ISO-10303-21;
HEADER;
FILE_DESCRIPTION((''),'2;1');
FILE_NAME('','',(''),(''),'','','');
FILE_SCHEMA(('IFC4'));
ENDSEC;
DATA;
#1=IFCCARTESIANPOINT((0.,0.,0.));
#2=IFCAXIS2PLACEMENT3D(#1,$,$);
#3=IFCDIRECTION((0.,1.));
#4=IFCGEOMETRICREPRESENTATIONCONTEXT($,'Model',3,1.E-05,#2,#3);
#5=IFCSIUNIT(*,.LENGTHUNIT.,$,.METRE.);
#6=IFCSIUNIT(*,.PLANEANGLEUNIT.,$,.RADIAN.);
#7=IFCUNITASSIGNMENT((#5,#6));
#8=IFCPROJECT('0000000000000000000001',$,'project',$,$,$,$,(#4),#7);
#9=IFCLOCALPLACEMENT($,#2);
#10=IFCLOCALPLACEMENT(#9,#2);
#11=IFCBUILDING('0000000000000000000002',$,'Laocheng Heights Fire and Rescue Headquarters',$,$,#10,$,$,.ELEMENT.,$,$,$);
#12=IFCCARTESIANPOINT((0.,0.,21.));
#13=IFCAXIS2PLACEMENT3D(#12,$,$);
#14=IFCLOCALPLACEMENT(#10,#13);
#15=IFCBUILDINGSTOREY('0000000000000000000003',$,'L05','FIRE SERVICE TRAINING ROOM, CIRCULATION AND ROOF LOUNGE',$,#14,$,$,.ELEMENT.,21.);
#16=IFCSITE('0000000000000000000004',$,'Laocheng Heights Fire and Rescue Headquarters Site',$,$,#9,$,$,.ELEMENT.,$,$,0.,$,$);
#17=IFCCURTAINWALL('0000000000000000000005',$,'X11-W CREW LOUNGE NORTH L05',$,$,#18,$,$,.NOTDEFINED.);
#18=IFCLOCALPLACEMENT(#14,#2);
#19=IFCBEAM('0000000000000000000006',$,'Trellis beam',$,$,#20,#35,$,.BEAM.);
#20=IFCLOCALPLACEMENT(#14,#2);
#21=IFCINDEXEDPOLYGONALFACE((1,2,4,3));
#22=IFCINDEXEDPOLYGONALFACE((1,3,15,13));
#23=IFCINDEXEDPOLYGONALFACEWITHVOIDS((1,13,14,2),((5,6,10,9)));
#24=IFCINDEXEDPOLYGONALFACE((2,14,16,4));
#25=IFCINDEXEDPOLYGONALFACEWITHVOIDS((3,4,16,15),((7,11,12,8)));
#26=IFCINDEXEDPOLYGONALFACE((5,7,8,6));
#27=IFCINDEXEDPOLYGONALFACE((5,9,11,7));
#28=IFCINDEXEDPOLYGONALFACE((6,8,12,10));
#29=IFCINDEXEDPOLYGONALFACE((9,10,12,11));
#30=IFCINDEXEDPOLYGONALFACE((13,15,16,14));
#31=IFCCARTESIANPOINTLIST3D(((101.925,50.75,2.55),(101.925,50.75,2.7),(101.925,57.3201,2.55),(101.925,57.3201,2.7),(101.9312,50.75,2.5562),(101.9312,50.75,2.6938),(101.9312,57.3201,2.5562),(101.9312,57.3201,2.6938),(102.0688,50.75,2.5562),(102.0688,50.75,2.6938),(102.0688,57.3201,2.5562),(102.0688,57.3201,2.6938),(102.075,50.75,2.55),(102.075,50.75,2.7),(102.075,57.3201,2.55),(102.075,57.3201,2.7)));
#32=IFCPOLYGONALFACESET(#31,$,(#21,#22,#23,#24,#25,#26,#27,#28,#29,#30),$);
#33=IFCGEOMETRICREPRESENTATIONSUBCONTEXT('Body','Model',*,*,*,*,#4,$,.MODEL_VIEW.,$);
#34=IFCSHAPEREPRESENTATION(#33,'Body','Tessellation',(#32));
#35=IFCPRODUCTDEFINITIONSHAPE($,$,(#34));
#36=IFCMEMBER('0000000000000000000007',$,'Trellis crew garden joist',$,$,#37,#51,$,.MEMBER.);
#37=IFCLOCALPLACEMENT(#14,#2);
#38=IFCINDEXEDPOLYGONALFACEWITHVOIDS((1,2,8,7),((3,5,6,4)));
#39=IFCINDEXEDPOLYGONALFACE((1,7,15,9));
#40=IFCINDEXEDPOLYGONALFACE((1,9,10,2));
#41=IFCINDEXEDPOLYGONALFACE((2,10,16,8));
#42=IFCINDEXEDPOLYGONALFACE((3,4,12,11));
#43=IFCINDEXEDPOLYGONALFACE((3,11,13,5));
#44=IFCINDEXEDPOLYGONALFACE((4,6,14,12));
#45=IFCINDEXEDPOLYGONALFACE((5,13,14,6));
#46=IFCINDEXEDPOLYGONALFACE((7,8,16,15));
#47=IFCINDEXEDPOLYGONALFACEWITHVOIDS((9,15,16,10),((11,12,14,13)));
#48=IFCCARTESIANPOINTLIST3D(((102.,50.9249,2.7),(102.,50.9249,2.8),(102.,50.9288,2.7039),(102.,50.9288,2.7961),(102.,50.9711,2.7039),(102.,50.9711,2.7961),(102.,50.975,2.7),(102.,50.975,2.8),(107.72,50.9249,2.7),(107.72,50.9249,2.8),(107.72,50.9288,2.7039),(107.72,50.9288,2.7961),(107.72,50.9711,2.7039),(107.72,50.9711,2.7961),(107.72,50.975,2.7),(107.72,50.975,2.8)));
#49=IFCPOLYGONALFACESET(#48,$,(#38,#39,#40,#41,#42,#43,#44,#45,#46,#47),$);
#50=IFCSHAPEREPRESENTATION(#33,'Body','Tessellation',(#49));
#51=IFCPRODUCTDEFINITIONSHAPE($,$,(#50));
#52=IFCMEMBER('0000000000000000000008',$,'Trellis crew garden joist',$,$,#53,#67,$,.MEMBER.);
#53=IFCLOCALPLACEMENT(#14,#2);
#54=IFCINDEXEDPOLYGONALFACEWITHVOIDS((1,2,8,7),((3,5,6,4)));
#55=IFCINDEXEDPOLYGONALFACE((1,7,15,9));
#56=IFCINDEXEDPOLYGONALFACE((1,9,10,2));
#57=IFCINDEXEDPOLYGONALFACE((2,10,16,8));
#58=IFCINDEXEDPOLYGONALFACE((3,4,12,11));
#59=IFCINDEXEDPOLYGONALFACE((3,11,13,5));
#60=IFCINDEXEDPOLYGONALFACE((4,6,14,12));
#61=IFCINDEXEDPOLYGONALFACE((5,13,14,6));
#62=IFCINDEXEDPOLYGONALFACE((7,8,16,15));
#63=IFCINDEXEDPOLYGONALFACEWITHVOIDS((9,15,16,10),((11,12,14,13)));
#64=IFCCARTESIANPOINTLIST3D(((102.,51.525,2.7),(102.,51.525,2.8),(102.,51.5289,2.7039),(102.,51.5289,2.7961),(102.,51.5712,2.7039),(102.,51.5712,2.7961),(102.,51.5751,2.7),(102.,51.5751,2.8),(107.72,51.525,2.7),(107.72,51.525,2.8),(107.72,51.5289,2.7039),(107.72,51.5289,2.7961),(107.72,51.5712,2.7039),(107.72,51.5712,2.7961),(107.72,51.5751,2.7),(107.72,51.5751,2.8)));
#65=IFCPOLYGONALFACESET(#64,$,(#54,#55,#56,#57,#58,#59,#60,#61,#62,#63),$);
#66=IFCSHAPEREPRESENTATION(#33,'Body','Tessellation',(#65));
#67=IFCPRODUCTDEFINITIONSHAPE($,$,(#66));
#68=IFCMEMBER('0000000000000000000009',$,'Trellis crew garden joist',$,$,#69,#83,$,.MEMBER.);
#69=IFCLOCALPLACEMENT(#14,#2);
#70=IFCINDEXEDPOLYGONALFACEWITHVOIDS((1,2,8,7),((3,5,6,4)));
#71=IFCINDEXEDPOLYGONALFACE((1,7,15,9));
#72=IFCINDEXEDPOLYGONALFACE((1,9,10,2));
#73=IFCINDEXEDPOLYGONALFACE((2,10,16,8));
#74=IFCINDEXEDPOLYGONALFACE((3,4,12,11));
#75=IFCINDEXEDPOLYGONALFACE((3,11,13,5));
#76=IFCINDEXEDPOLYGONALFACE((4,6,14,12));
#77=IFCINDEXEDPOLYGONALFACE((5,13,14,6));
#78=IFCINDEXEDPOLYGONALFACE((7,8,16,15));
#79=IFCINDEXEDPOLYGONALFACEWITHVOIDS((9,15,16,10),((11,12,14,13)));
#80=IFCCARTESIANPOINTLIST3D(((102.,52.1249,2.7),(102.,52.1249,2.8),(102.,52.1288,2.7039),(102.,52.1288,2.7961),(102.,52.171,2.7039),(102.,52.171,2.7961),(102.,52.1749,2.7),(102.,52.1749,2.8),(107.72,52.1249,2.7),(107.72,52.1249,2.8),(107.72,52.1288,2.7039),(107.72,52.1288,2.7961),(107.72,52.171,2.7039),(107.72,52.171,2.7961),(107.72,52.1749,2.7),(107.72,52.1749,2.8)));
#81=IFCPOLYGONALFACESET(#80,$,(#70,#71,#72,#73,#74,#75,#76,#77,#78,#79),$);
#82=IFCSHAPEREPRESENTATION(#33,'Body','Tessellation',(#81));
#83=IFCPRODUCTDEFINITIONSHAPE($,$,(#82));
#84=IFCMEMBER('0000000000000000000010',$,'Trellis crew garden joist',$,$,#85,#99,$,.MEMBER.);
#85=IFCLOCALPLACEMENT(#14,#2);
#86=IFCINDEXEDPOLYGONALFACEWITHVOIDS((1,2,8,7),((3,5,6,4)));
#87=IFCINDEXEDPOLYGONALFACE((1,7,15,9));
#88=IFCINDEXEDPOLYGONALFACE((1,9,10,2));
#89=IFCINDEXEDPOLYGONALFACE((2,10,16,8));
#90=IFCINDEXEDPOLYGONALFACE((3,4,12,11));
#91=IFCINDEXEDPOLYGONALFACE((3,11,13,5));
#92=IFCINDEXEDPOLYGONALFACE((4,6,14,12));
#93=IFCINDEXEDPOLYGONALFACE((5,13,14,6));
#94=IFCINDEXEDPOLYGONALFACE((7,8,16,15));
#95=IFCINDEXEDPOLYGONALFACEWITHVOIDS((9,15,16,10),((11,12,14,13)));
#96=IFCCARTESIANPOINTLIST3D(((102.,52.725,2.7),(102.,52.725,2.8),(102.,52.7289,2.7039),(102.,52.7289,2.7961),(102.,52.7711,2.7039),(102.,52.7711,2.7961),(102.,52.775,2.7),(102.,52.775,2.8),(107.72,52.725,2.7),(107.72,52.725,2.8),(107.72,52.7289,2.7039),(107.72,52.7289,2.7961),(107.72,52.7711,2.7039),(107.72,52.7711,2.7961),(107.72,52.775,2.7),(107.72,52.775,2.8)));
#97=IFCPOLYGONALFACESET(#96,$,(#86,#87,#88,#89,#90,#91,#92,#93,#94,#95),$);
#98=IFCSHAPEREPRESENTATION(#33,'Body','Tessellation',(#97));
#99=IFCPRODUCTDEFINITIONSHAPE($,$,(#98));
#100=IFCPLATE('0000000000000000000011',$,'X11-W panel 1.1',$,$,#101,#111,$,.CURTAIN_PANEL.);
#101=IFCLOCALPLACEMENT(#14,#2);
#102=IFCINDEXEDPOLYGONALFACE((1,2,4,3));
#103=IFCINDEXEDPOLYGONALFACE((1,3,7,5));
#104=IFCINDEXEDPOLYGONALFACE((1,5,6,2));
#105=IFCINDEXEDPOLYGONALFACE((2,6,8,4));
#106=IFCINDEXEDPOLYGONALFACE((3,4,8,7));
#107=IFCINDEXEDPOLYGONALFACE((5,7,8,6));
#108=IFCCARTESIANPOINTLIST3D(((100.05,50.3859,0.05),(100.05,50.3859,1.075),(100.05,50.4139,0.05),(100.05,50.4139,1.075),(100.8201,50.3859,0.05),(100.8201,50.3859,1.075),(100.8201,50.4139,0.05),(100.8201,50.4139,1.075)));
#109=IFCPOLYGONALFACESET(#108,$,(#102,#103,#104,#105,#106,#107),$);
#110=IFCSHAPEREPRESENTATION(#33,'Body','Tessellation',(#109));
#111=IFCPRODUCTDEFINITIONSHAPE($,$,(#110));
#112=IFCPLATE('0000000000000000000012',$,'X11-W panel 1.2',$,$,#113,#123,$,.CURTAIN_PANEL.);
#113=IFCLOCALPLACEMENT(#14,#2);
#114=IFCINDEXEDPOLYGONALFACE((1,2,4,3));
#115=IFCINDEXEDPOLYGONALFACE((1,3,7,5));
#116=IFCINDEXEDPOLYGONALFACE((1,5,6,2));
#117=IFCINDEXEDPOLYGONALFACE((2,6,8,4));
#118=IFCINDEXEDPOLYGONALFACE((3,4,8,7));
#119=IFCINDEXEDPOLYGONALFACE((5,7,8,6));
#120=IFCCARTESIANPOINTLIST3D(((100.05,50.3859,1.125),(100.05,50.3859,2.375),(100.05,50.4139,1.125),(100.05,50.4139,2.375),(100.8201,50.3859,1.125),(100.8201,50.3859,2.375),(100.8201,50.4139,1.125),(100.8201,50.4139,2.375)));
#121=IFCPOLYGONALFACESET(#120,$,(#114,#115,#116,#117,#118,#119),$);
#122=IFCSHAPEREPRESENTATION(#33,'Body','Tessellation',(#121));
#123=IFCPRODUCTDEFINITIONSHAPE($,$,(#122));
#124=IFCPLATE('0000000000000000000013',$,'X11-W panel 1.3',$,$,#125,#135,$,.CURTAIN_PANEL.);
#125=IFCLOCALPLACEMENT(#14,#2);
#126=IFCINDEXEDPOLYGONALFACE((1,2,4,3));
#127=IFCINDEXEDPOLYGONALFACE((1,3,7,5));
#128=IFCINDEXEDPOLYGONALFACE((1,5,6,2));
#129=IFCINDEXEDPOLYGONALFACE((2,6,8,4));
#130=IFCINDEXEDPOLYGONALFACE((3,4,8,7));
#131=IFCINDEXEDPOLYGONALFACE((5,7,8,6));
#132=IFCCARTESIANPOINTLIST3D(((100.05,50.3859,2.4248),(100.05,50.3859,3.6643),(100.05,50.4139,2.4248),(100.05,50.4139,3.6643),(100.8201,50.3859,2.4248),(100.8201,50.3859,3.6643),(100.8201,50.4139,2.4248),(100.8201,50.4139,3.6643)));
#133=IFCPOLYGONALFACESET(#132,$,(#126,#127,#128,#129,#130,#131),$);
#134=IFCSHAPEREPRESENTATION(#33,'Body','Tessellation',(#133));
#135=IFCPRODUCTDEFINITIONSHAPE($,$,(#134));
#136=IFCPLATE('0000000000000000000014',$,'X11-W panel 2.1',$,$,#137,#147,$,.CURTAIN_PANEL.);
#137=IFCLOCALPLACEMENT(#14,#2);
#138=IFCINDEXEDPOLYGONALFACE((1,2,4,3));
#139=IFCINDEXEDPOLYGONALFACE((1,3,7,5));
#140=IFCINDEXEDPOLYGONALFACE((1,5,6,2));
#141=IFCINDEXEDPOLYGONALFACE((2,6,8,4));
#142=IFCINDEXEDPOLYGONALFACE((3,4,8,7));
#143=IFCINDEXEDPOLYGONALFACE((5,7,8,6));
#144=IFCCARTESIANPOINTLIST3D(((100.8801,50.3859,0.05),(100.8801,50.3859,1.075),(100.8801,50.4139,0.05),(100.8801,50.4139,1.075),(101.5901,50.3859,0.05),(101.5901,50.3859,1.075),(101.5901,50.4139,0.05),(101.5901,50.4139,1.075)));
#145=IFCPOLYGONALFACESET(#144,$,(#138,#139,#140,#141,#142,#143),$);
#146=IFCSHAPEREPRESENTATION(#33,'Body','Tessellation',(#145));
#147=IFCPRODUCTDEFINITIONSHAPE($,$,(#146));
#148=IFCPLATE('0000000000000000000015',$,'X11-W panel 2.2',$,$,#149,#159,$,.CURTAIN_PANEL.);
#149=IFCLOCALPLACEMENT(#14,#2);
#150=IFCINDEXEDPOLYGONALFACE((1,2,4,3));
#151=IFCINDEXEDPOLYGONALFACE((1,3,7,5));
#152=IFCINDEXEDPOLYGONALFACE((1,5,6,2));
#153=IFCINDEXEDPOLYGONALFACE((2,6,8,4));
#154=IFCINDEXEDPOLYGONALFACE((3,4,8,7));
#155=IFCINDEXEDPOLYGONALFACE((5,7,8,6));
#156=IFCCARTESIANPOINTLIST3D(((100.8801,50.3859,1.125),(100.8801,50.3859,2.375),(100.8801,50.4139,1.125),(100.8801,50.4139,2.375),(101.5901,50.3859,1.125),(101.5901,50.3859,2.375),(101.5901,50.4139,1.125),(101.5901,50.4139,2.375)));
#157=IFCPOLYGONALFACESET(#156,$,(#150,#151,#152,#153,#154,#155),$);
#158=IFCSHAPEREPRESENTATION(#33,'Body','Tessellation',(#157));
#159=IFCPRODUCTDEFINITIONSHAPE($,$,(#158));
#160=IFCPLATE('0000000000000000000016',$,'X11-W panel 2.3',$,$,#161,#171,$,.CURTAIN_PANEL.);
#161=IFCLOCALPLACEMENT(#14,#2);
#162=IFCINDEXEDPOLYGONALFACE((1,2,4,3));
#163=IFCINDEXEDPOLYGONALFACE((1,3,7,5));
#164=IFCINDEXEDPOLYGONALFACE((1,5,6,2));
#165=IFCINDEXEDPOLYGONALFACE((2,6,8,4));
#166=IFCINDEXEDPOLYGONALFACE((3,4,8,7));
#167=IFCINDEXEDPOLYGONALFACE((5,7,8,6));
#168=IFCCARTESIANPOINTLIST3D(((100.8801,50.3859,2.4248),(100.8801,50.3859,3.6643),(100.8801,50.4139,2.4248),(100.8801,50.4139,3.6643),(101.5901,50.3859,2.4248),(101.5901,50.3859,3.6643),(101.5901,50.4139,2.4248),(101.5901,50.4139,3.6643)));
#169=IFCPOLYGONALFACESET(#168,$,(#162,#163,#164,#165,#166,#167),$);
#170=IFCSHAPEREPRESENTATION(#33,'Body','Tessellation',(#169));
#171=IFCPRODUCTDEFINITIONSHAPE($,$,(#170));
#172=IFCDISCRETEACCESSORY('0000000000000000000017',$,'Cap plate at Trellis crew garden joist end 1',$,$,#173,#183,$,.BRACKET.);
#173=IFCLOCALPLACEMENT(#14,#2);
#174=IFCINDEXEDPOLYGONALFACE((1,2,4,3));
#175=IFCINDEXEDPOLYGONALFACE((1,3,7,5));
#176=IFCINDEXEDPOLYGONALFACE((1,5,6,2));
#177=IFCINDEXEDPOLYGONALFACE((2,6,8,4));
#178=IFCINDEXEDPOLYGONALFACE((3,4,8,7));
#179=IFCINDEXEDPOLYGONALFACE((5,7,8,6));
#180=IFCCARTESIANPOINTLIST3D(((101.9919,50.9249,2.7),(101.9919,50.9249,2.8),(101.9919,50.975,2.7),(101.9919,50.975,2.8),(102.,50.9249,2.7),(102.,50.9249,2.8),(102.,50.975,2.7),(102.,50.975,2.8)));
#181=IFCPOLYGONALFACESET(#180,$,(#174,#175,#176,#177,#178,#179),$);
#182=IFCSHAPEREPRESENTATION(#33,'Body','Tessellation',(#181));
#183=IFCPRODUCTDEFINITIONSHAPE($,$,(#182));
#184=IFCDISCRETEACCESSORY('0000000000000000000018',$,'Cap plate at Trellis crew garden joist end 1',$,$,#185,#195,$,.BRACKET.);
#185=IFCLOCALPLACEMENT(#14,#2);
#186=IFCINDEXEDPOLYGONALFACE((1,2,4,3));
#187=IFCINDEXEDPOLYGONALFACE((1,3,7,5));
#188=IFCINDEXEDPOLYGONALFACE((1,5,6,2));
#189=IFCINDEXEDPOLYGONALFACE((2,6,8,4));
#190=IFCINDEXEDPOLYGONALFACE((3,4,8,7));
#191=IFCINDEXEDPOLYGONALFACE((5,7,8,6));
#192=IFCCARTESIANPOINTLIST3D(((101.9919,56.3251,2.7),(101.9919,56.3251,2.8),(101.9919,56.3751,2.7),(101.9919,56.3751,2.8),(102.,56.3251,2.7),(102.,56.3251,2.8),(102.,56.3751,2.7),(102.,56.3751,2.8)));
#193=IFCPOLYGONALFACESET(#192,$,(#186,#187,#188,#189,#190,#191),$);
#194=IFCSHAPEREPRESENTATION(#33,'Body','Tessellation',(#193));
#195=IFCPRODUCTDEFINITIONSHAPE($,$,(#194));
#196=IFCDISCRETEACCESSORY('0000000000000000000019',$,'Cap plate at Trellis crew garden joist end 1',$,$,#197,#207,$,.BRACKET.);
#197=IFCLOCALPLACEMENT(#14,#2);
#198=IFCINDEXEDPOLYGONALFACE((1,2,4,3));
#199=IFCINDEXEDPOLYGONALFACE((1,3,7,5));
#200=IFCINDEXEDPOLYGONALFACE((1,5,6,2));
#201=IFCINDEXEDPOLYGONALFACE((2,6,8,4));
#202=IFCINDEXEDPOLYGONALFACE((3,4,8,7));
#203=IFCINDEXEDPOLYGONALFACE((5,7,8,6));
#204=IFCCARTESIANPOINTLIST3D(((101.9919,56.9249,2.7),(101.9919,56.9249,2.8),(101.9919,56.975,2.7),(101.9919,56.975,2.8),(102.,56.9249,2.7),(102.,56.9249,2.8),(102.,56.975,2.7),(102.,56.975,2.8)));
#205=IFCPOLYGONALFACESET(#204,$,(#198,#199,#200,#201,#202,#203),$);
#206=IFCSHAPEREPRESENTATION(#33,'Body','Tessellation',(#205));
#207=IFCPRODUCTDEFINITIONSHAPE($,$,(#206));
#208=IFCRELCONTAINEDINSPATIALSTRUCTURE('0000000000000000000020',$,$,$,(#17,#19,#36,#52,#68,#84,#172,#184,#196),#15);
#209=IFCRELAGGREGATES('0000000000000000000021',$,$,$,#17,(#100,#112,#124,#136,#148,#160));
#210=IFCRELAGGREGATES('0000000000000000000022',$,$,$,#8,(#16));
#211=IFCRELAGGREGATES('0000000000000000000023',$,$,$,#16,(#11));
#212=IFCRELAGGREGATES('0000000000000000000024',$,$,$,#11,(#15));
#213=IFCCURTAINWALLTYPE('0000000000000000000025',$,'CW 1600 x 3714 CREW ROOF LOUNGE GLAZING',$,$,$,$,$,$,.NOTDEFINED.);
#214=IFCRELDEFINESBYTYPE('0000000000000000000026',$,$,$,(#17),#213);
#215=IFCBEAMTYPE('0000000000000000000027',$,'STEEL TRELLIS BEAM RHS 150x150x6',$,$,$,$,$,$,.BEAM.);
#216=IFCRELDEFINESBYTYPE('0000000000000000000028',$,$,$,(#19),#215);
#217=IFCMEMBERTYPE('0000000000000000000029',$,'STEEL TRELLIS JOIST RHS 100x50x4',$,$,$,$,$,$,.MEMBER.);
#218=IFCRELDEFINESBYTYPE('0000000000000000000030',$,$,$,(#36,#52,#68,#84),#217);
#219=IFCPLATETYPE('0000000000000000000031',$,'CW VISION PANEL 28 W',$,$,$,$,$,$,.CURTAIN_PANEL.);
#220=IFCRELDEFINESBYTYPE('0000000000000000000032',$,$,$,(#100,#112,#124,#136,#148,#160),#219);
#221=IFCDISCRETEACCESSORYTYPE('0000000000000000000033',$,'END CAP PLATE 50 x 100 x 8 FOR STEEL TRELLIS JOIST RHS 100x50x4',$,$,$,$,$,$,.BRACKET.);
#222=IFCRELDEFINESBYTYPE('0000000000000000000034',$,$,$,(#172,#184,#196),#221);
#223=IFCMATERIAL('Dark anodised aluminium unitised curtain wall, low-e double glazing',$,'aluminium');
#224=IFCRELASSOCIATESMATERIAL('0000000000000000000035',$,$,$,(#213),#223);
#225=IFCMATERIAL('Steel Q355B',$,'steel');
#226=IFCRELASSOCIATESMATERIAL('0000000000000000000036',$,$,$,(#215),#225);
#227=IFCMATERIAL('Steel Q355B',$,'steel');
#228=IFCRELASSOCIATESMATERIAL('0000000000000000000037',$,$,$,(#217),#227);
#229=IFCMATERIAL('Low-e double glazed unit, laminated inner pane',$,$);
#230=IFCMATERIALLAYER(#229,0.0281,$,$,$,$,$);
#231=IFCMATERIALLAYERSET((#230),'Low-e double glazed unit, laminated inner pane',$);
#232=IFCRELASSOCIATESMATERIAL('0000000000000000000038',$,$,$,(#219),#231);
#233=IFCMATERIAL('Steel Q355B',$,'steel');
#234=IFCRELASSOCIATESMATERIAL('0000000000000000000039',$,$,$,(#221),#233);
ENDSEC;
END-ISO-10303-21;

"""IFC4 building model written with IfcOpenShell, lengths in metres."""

from ifc_helpers import new_model, si_unit, direction, frame, origin, origin_2d, place, context, subcontext, project, spatial, rectangle, hollow_rectangle, extrude, material, layer, layer_set, material_profile, profile_set, type_object, element, aggregate, save


model = new_model("IFC4")

# Units and contexts
model_context = context("Model", 3, precision=1e-05, world=origin(), true_north=direction((0.0, 1.0)))
body_context = subcontext(model_context, "Body", "Model", "MODEL_VIEW")
ifc_project = project(units=[si_unit("LENGTHUNIT", "METRE"), si_unit("PLANEANGLEUNIT", "RADIAN")], contexts=[model_context])

# Site, building, storey
site_placement = place(None, origin())
site = spatial("IfcSite", under=ifc_project, at=site_placement, Name="Laocheng Heights Fire and Rescue Headquarters Site", CompositionType="ELEMENT", RefElevation=0.0)
building_placement = place(site_placement, origin())
building = spatial("IfcBuilding", under=site, at=building_placement, Name="Laocheng Heights Fire and Rescue Headquarters", CompositionType="ELEMENT")
storey_placement = place(building_placement, frame((0.0, 0.0, 21.0)))
storey = spatial("IfcBuildingStorey", under=building, at=storey_placement, Name="L05", Description="FIRE SERVICE TRAINING ROOM, CIRCULATION AND ROOF LOUNGE", CompositionType="ELEMENT", Elevation=21.0)

# Curtain wall
ifc_material_1 = material(Name="Dark anodised aluminium unitised curtain wall, low-e double glazing", Category="aluminium")
curtain_wall_type = type_object("IfcCurtainWallType", Name="CW 1600 x 3714 CREW ROOF LOUNGE GLAZING", PredefinedType="NOTDEFINED", material=ifc_material_1)
curtain_wall_placement = place(storey_placement, origin())
curtain_wall = element("IfcCurtainWall", 1, at=curtain_wall_placement, inside=storey, type_object=curtain_wall_type, Name="X11-W CREW LOUNGE NORTH L05", PredefinedType="NOTDEFINED")

# Beam
ifc_material_2 = material(Name="Steel Q355B", Category="steel")
ifc_material_profile_1 = material_profile(ifc_material_2, hollow_rectangle(XDim=0.1499, YDim=0.1499, WallThickness=0.0061, at=origin_2d()), Name="RHS 150x150x6")
ifc_profile_set_1 = profile_set([ifc_material_profile_1], Name="Steel Q355B")
beam_type = type_object("IfcBeamType", Name="STEEL TRELLIS BEAM RHS 150x150x6", PredefinedType="BEAM", material=ifc_profile_set_1)
beam_placement = place(storey_placement, frame((102.0, 50.75, 2.625), z_axis=(0.0, 1.0, 0.0), x_axis=(-1.0, 0.0, 0.0)))
element("IfcBeam", 2, at=beam_placement, inside=storey, type_object=beam_type, Name="Trellis beam", PredefinedType="BEAM", context=body_context, shape_type="SweptSolid", body=[
    extrude(hollow_rectangle(XDim=0.1499, YDim=0.1499, WallThickness=0.0061, at=origin_2d()), origin(), (0.0, 0.0, 1.0), 6.5701),
])

# Members
ifc_material_3 = material(Name="Steel Q355B", Category="steel")
ifc_material_profile_2 = material_profile(ifc_material_3, hollow_rectangle(XDim=0.05, YDim=0.1001, WallThickness=0.0039, at=origin_2d()), Name="RHS 100x50x4")
ifc_profile_set_2 = profile_set([ifc_material_profile_2], Name="Steel Q355B")
member_type_1 = type_object("IfcMemberType", Name="STEEL TRELLIS JOIST RHS 100x50x4", PredefinedType="MEMBER", material=ifc_profile_set_2)
for number, where, z_axis, x_axis, name in (
    (3, (102.0, 50.95, 2.75), (1.0, 0.0, 0.0), (0.0, 1.0, 0.0), "Trellis crew garden joist"),
    (4, (102.0, 51.55, 2.75), (1.0, 0.0, 0.0), (0.0, 1.0, 0.0), "Trellis crew garden joist"),
    (5, (102.0, 52.1499, 2.75), (1.0, 0.0, 0.0), (0.0, 1.0, 0.0), "Trellis crew garden joist"),
    (6, (102.0, 52.75, 2.75), (1.0, 0.0, 0.0), (0.0, 1.0, 0.0), "Trellis crew garden joist"),
):
    element("IfcMember", number, at=place(storey_placement, frame(where, z_axis=z_axis, x_axis=x_axis)), inside=storey, type_object=member_type_1, Name=name, PredefinedType="MEMBER", context=body_context, shape_type="SweptSolid", body=[
        extrude(hollow_rectangle(XDim=0.05, YDim=0.1001, WallThickness=0.0039, at=origin_2d()), origin(), (0.0, 0.0, 1.0), 5.72),
    ])

# Plates
ifc_material_4 = material(Name="Low-e double glazed unit, laminated inner pane")
ifc_layer = layer(ifc_material_4, 0.0281)
ifc_layer_set = layer_set([ifc_layer], Name="Low-e double glazed unit, laminated inner pane")
plate_type = type_object("IfcPlateType", Name="CW VISION PANEL 28 W", PredefinedType="CURTAIN_PANEL", material=ifc_layer_set)
plate_1_placement = place(storey_placement, frame((100.4351, 50.3999, 0.05), z_axis=(0.0, 0.0, 1.0), x_axis=(1.0, 0.0, 0.0)))
plate_1 = element("IfcPlate", 7, at=plate_1_placement, type_object=plate_type, Name="X11-W panel 1.1", PredefinedType="CURTAIN_PANEL", context=body_context, shape_type="SweptSolid", body=[
    extrude(rectangle(XDim=0.77, YDim=0.0281, at=origin_2d()), origin(), (0.0, 0.0, 1.0), 1.0249),
])
plate_2_placement = place(storey_placement, frame((100.4351, 50.3999, 1.125), z_axis=(0.0, 0.0, 1.0), x_axis=(1.0, 0.0, 0.0)))
plate_2 = element("IfcPlate", 8, at=plate_2_placement, type_object=plate_type, Name="X11-W panel 1.2", PredefinedType="CURTAIN_PANEL", context=body_context, shape_type="SweptSolid", body=[
    extrude(rectangle(XDim=0.77, YDim=0.0281, at=origin_2d()), origin(), (0.0, 0.0, 1.0), 1.25),
])
plate_3_placement = place(storey_placement, frame((100.4351, 50.3999, 2.4248), z_axis=(0.0, 0.0, 1.0), x_axis=(1.0, 0.0, 0.0)))
plate_3 = element("IfcPlate", 9, at=plate_3_placement, type_object=plate_type, Name="X11-W panel 1.3", PredefinedType="CURTAIN_PANEL", context=body_context, shape_type="SweptSolid", body=[
    extrude(rectangle(XDim=0.77, YDim=0.0281, at=origin_2d()), origin(), (0.0, 0.0, 1.0), 1.2395),
])
plate_4_placement = place(storey_placement, frame((101.2351, 50.3999, 0.05), z_axis=(0.0, 0.0, 1.0), x_axis=(1.0, 0.0, 0.0)))
plate_4 = element("IfcPlate", 10, at=plate_4_placement, type_object=plate_type, Name="X11-W panel 2.1", PredefinedType="CURTAIN_PANEL", context=body_context, shape_type="SweptSolid", body=[
    extrude(rectangle(XDim=0.71, YDim=0.0281, at=origin_2d()), origin(), (0.0, 0.0, 1.0), 1.0249),
])
plate_5_placement = place(storey_placement, frame((101.2351, 50.3999, 1.125), z_axis=(0.0, 0.0, 1.0), x_axis=(1.0, 0.0, 0.0)))
plate_5 = element("IfcPlate", 11, at=plate_5_placement, type_object=plate_type, Name="X11-W panel 2.2", PredefinedType="CURTAIN_PANEL", context=body_context, shape_type="SweptSolid", body=[
    extrude(rectangle(XDim=0.71, YDim=0.0281, at=origin_2d()), origin(), (0.0, 0.0, 1.0), 1.25),
])
plate_6_placement = place(storey_placement, frame((101.2351, 50.3999, 2.4248), z_axis=(0.0, 0.0, 1.0), x_axis=(1.0, 0.0, 0.0)))
plate_6 = element("IfcPlate", 12, at=plate_6_placement, type_object=plate_type, Name="X11-W panel 2.3", PredefinedType="CURTAIN_PANEL", context=body_context, shape_type="SweptSolid", body=[
    extrude(rectangle(XDim=0.71, YDim=0.0281, at=origin_2d()), origin(), (0.0, 0.0, 1.0), 1.2395),
])
aggregate(curtain_wall, [plate_1, plate_2, plate_3, plate_4, plate_5, plate_6])

# Discrete accessories
ifc_material_5 = material(Name="Steel Q355B", Category="steel")
ifc_material_profile_3 = material_profile(ifc_material_5, rectangle(XDim=0.05, YDim=0.1001, at=origin_2d()), Name="END CAP PLATE 50 x 100 x 8 FOR STEEL TRELLIS JOIST RHS 100x50x4")
ifc_profile_set_3 = profile_set([ifc_material_profile_3], Name="Steel Q355B")
discrete_accessory_type = type_object("IfcDiscreteAccessoryType", Name="END CAP PLATE 50 x 100 x 8 FOR STEEL TRELLIS JOIST RHS 100x50x4", PredefinedType="BRACKET", material=ifc_profile_set_3)
for number, where, z_axis, x_axis, name in (
    (13, (101.9919, 50.95, 2.75), (1.0, 0.0, 0.0), (0.0, 1.0, 0.0), "Cap plate at Trellis crew garden joist end 1"),
    (14, (101.9919, 56.3501, 2.75), (1.0, 0.0, 0.0), (0.0, 1.0, 0.0), "Cap plate at Trellis crew garden joist end 1"),
    (15, (101.9919, 56.95, 2.75), (1.0, 0.0, 0.0), (0.0, 1.0, 0.0), "Cap plate at Trellis crew garden joist end 1"),
):
    element("IfcDiscreteAccessory", number, at=place(storey_placement, frame(where, z_axis=z_axis, x_axis=x_axis)), inside=storey, type_object=discrete_accessory_type, Name=name, PredefinedType="BRACKET", context=body_context, shape_type="SweptSolid", body=[
        extrude(rectangle(XDim=0.05, YDim=0.1001, at=origin_2d()), origin(), (0.0, 0.0, 1.0), 0.0081),
    ])

save(model, "model.ifc")
